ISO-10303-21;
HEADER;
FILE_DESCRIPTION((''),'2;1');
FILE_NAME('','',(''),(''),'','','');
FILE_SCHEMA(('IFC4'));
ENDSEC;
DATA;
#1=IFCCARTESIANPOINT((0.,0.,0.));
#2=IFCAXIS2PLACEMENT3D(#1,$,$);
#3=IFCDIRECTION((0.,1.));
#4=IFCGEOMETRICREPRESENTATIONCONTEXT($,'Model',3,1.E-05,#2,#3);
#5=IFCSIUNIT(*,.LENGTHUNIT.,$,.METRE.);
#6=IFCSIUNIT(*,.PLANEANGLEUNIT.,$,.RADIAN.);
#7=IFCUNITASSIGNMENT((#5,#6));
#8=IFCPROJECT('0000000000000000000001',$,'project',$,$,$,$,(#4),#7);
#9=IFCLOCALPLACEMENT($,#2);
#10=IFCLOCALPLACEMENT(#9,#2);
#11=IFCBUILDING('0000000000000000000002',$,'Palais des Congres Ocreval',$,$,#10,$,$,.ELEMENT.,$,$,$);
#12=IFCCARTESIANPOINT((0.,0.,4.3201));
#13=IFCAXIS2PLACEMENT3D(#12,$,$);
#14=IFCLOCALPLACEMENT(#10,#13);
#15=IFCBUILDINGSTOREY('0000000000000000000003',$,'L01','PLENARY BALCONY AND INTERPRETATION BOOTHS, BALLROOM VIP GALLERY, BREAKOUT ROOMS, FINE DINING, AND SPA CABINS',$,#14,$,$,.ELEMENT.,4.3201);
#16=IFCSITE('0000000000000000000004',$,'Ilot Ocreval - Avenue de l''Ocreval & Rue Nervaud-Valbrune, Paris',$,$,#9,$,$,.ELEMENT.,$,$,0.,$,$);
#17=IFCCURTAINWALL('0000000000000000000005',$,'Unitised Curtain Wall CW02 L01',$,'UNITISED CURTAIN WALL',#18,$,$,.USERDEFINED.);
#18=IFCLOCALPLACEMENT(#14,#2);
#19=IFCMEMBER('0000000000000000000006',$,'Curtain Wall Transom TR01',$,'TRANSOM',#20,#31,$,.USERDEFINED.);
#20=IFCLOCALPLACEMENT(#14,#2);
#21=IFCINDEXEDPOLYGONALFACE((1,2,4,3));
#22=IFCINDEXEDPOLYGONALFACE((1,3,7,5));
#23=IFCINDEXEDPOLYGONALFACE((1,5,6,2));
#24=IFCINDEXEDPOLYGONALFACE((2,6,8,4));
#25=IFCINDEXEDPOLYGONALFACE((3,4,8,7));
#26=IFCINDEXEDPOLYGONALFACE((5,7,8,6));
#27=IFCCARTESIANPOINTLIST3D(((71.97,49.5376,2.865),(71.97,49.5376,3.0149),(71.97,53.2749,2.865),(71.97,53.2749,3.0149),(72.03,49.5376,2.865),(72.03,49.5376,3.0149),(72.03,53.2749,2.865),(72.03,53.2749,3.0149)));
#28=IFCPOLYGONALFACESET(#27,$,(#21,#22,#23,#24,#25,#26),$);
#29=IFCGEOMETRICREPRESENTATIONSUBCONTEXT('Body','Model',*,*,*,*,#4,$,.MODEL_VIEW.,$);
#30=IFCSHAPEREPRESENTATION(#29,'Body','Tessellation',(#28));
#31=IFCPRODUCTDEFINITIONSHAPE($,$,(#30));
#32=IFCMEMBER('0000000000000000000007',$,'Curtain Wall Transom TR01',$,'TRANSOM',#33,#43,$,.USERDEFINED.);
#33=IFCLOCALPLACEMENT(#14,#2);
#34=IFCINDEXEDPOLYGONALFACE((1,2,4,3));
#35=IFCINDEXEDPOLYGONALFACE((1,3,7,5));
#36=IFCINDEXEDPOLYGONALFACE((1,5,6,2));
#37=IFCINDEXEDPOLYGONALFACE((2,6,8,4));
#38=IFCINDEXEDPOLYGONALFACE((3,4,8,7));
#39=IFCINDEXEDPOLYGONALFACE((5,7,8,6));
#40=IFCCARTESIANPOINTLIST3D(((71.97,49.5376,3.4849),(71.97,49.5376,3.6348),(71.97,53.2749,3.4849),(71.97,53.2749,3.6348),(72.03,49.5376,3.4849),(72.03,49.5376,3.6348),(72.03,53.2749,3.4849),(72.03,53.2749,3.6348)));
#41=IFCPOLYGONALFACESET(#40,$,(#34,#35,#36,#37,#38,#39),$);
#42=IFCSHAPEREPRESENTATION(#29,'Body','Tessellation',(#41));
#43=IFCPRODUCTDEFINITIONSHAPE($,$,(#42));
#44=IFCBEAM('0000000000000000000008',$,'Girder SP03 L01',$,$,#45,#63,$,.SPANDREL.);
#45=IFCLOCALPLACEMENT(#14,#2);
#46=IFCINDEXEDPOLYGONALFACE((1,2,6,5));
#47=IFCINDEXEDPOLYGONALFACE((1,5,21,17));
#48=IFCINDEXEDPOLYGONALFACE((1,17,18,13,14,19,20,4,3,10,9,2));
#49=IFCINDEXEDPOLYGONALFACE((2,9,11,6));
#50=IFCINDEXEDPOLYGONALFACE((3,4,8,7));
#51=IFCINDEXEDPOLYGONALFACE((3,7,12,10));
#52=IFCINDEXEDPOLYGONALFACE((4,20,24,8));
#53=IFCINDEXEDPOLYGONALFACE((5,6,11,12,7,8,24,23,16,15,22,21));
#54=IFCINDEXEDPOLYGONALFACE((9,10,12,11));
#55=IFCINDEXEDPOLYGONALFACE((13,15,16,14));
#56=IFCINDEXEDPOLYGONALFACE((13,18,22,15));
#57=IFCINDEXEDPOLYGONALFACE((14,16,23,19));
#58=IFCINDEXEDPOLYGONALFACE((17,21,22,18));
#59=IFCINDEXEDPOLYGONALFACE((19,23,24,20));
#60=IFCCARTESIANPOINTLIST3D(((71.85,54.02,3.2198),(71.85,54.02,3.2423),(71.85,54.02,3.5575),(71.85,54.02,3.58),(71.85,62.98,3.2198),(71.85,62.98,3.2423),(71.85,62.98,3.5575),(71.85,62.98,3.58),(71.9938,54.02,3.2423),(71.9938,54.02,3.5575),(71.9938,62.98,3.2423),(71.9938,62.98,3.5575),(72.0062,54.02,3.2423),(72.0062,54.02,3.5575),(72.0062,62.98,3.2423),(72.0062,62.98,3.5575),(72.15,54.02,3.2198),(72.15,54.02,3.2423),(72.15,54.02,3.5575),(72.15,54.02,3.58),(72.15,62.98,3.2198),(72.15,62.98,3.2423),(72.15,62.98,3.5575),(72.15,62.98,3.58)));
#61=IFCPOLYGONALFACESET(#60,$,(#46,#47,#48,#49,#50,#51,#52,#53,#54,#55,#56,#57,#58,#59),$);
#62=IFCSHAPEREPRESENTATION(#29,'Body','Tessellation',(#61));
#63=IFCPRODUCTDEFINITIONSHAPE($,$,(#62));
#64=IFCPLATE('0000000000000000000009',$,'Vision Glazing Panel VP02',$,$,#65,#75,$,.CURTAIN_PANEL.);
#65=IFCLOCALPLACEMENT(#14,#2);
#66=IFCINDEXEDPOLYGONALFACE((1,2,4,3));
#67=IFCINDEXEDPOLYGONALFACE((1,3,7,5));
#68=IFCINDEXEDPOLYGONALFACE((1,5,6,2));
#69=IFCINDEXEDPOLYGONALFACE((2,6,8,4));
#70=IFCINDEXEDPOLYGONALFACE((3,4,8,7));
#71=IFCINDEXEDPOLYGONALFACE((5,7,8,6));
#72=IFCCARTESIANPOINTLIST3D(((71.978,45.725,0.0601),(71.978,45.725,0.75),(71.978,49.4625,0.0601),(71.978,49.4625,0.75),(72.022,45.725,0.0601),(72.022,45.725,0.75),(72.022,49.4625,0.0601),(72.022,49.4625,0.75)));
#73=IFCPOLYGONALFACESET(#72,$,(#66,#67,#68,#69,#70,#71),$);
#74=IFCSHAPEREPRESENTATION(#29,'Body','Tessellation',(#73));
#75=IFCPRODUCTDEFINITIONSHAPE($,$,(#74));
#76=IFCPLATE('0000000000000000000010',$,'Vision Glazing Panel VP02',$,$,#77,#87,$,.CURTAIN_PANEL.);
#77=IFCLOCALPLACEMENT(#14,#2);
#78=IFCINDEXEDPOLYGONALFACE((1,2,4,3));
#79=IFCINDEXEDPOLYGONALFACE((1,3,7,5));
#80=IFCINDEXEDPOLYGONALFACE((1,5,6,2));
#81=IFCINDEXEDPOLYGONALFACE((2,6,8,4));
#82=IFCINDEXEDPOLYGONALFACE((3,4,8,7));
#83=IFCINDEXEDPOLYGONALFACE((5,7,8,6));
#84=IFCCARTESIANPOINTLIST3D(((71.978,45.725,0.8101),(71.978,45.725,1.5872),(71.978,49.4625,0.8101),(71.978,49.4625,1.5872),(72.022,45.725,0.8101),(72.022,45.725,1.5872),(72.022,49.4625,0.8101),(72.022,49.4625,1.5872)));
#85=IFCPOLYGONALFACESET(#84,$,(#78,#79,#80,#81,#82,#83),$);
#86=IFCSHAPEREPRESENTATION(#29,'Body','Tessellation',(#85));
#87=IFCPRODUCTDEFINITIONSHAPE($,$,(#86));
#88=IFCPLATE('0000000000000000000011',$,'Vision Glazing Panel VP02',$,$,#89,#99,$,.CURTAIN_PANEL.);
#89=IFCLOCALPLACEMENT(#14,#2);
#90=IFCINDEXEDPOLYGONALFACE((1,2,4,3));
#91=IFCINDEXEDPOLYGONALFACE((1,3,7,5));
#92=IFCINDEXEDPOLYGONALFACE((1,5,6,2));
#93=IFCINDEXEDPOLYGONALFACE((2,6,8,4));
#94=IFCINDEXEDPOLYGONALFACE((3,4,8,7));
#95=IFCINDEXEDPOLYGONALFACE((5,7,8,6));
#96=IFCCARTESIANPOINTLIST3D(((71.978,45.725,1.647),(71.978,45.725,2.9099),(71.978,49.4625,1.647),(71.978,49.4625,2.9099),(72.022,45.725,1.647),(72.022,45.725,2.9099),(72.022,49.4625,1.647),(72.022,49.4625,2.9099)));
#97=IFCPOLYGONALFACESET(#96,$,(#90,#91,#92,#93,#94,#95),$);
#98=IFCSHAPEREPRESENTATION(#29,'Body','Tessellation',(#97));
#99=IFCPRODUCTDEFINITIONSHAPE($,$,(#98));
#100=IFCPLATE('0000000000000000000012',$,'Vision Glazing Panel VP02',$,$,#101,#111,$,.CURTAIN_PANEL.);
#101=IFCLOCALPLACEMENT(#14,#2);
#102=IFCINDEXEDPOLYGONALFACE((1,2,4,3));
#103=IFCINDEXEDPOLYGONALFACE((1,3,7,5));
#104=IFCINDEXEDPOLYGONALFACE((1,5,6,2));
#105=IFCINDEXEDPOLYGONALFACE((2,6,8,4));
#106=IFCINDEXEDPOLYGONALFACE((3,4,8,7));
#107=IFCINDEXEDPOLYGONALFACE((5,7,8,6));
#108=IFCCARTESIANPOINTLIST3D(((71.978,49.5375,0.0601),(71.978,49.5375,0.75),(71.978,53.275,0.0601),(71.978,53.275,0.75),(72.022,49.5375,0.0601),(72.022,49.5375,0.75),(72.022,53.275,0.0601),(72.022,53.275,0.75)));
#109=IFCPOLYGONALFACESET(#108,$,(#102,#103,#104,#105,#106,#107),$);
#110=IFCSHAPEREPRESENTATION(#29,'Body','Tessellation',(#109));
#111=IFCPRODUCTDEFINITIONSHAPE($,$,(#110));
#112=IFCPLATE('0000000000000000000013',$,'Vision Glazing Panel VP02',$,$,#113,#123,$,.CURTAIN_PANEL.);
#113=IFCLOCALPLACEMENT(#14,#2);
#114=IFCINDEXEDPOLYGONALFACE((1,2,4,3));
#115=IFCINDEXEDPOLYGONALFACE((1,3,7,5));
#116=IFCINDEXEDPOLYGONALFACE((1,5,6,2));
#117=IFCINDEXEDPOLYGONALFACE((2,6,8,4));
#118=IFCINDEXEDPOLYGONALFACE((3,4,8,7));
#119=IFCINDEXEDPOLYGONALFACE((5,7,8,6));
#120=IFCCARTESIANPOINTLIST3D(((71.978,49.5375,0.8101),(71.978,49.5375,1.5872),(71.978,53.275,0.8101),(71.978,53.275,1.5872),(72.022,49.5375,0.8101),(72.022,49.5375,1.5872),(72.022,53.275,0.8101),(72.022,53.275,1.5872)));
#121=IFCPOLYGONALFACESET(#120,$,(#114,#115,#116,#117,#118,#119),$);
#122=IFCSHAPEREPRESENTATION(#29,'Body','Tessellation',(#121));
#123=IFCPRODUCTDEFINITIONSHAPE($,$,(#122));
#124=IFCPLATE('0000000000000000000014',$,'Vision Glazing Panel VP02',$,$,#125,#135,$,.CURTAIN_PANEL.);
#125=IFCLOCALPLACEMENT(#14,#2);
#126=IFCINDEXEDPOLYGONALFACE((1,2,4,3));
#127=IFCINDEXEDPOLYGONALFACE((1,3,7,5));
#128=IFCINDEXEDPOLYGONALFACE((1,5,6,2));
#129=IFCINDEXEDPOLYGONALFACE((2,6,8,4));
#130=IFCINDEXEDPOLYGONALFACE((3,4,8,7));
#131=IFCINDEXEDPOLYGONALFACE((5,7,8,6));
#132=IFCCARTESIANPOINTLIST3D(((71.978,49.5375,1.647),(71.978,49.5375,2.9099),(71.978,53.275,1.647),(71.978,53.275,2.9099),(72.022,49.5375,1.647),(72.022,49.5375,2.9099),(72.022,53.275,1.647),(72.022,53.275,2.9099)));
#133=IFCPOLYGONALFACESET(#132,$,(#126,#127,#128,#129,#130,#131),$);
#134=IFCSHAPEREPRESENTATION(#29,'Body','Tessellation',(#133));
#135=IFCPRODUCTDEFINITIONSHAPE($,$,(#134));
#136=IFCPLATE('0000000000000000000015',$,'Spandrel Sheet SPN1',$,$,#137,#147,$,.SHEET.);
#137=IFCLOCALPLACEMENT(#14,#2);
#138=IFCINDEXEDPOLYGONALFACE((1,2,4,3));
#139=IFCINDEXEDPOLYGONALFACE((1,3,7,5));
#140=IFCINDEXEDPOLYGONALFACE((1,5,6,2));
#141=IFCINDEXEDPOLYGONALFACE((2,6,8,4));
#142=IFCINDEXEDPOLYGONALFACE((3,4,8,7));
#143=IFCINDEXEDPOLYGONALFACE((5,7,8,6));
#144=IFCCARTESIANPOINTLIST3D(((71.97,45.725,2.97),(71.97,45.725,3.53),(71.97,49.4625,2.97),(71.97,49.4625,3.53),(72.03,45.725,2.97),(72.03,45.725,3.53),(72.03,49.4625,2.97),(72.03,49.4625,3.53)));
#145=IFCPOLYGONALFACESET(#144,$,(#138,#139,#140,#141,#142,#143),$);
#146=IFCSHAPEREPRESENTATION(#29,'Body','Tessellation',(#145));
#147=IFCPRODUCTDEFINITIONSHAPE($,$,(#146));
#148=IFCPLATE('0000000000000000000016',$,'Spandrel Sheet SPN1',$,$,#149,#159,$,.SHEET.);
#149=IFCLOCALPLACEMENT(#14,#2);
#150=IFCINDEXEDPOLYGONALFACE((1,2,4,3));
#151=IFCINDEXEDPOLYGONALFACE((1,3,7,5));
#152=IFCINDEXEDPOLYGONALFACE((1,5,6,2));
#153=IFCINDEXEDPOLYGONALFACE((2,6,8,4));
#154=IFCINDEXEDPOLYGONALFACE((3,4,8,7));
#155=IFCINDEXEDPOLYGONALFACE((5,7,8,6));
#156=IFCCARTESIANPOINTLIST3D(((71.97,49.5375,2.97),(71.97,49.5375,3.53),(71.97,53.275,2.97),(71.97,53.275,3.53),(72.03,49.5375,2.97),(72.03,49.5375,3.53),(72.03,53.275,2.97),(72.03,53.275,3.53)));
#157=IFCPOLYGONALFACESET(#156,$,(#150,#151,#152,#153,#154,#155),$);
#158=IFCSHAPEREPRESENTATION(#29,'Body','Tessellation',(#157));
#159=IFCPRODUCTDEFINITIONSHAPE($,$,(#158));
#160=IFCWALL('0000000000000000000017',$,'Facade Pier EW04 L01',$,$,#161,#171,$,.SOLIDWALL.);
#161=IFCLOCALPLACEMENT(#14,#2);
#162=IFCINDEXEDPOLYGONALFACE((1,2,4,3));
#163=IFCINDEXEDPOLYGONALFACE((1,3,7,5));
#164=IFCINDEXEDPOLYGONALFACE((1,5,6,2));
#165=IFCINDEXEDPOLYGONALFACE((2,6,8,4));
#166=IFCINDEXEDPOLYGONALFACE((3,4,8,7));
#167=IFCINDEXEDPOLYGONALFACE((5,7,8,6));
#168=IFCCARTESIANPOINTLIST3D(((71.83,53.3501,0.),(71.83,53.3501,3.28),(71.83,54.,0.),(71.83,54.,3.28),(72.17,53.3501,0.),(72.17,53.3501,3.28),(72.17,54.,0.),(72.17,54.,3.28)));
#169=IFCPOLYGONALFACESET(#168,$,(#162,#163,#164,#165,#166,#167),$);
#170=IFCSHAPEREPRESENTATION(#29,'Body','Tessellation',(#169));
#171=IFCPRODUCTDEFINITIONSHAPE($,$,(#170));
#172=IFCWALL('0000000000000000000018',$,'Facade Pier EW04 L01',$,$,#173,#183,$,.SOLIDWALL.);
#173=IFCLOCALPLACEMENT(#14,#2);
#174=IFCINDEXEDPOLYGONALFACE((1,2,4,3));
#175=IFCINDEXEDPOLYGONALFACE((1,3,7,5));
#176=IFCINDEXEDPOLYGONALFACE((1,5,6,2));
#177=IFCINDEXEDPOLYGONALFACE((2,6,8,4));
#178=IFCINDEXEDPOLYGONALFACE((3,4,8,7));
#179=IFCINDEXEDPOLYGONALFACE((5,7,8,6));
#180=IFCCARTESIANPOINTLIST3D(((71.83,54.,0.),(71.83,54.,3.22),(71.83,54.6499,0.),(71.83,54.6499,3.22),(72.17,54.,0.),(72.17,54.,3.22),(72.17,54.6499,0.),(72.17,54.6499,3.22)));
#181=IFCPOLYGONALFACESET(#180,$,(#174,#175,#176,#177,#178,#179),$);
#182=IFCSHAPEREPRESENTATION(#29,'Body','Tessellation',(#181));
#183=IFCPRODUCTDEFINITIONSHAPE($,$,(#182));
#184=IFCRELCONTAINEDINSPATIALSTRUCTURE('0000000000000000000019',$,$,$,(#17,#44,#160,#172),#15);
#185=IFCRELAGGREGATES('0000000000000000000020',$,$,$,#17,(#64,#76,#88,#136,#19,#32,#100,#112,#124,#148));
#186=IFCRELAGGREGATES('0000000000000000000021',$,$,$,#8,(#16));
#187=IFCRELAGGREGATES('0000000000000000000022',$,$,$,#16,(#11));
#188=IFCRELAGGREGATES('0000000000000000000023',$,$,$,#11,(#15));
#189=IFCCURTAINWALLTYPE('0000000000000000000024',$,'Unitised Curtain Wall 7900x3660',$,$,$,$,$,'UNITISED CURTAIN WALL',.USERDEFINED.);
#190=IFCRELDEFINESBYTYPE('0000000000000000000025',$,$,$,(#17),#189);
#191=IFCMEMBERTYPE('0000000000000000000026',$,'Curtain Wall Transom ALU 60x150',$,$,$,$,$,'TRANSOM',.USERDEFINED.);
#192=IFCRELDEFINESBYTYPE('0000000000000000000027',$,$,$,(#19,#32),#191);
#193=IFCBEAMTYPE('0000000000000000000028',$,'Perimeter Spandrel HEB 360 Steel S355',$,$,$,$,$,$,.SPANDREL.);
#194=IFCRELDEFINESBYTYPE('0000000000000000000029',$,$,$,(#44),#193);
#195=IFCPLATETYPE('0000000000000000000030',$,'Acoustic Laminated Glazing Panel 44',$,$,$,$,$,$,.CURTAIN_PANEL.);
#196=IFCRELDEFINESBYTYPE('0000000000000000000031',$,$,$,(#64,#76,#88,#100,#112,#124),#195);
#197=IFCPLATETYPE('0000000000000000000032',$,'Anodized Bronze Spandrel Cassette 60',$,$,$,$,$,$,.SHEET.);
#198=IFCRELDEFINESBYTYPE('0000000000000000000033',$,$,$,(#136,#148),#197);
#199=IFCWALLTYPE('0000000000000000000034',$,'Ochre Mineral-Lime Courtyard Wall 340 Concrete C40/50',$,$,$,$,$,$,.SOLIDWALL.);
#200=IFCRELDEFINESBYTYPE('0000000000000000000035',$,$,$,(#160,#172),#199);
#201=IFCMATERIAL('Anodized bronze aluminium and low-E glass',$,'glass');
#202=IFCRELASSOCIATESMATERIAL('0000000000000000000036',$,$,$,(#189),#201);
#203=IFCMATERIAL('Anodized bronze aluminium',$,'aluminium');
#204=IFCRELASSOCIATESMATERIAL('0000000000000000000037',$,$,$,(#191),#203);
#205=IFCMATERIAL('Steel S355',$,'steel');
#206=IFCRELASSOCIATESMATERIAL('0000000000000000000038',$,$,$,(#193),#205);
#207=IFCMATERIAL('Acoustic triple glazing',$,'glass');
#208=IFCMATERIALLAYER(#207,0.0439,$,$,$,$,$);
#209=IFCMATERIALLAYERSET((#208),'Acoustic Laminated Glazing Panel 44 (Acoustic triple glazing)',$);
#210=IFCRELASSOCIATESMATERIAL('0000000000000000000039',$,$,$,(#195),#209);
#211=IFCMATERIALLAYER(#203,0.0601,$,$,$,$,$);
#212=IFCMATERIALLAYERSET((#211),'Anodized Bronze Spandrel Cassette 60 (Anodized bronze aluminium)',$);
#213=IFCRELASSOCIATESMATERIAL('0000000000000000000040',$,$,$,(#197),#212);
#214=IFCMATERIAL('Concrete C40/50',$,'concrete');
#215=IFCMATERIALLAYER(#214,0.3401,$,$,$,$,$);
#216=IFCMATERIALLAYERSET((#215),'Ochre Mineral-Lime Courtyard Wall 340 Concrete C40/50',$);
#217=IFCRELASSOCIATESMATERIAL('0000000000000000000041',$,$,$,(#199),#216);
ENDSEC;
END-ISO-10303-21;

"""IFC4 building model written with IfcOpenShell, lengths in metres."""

from ifc_helpers import new_model, si_unit, direction, frame, frame_2d, origin, origin_2d, place, context, subcontext, project, spatial, rectangle, i_section, extrude, material, layer, layer_set, material_profile, profile_set, type_object, element, aggregate, save


model = new_model("IFC4")

# Units and contexts
model_context = context("Model", 3, precision=1e-05, world=origin(), true_north=direction((0.0, 1.0)))
body_context = subcontext(model_context, "Body", "Model", "MODEL_VIEW")
ifc_project = project(units=[si_unit("LENGTHUNIT", "METRE"), si_unit("PLANEANGLEUNIT", "RADIAN")], contexts=[model_context])

# Site, building, storey
site_placement = place(None, origin())
site = spatial("IfcSite", under=ifc_project, at=site_placement, Name="Ilot Ocreval - Avenue de l'Ocreval & Rue Nervaud-Valbrune, Paris", CompositionType="ELEMENT", RefElevation=0.0)
building_placement = place(site_placement, origin())
building = spatial("IfcBuilding", under=site, at=building_placement, Name="Palais des Congres Ocreval", CompositionType="ELEMENT")
storey_placement = place(building_placement, frame((0.0, 0.0, 4.3201)))
storey = spatial("IfcBuildingStorey", under=building, at=storey_placement, Name="L01", Description="PLENARY BALCONY AND INTERPRETATION BOOTHS, BALLROOM VIP GALLERY, BREAKOUT ROOMS, FINE DINING, AND SPA CABINS", CompositionType="ELEMENT", Elevation=4.3201)

# Shared definitions
ifc_material_1 = material(Name="Steel S355", Category="steel")

# Curtain wall, members
ifc_material_2 = material(Name="Anodized bronze aluminium and low-E glass", Category="glass")
curtain_wall_type = type_object("IfcCurtainWallType", Name="Unitised Curtain Wall 7900x3660", ElementType="UNITISED CURTAIN WALL", PredefinedType="USERDEFINED", material=ifc_material_2)
curtain_wall_placement = place(storey_placement, origin())
curtain_wall = element("IfcCurtainWall", 1, at=curtain_wall_placement, inside=storey, type_object=curtain_wall_type, Name="Unitised Curtain Wall CW02 L01", ObjectType="UNITISED CURTAIN WALL", PredefinedType="USERDEFINED")
ifc_material_3 = material(Name="Anodized bronze aluminium", Category="aluminium")
ifc_material_profile_1 = material_profile(ifc_material_3, rectangle(XDim=0.0601, YDim=0.1499, at=origin_2d()), Name="ALU 60x150")
ifc_profile_set_1 = profile_set([ifc_material_profile_1], Name="Anodized bronze aluminium")
member_type_1 = type_object("IfcMemberType", Name="Curtain Wall Transom ALU 60x150", ElementType="TRANSOM", PredefinedType="USERDEFINED", material=ifc_profile_set_1)
member_1_placement = place(storey_placement, frame((72.0, 49.5376, 2.9399), z_axis=(0.0, 1.0, 0.0), x_axis=(-1.0, 0.0, 0.0)))
member_1 = element("IfcMember", 2, at=member_1_placement, type_object=member_type_1, Name="Curtain Wall Transom TR01", ObjectType="TRANSOM", PredefinedType="USERDEFINED", context=body_context, shape_type="SweptSolid", body=[
    extrude(rectangle(XDim=0.0601, YDim=0.1499, at=origin_2d()), origin(), (0.0, 0.0, 1.0), 3.7373),
])
member_2_placement = place(storey_placement, frame((72.0, 49.5376, 3.5598), z_axis=(0.0, 1.0, 0.0), x_axis=(-1.0, 0.0, 0.0)))
member_2 = element("IfcMember", 3, at=member_2_placement, type_object=member_type_1, Name="Curtain Wall Transom TR01", ObjectType="TRANSOM", PredefinedType="USERDEFINED", context=body_context, shape_type="SweptSolid", body=[
    extrude(rectangle(XDim=0.0601, YDim=0.1499, at=origin_2d()), origin(), (0.0, 0.0, 1.0), 3.7373),
])

# Beam
ifc_material_profile_2 = material_profile(ifc_material_1, i_section(OverallWidth=0.3, OverallDepth=0.3601, WebThickness=0.0125, FlangeThickness=0.0225, at=origin_2d()), Name="HEB 360")
ifc_profile_set_2 = profile_set([ifc_material_profile_2], Name="Steel S355")
beam_type_1 = type_object("IfcBeamType", Name="Perimeter Spandrel HEB 360 Steel S355", PredefinedType="SPANDREL", material=ifc_profile_set_2)
beam_1_placement = place(storey_placement, frame((72.0, 54.02, 3.3999), z_axis=(0.0, 1.0, 0.0), x_axis=(-1.0, 0.0, 0.0)))
element("IfcBeam", 4, at=beam_1_placement, inside=storey, type_object=beam_type_1, Name="Girder SP03 L01", PredefinedType="SPANDREL", context=body_context, shape_type="SweptSolid", body=[
    extrude(i_section(OverallWidth=0.3, OverallDepth=0.3601, WebThickness=0.0125, FlangeThickness=0.0225, at=origin_2d()), origin(), (0.0, 0.0, 1.0), 8.96),
])

# Plates
ifc_material_4 = material(Name="Acoustic triple glazing", Category="glass")
ifc_layer_1 = layer(ifc_material_4, 0.0439)
ifc_layer_set_1 = layer_set([ifc_layer_1], Name="Acoustic Laminated Glazing Panel 44 (Acoustic triple glazing)")
plate_type_1 = type_object("IfcPlateType", Name="Acoustic Laminated Glazing Panel 44", PredefinedType="CURTAIN_PANEL", material=ifc_layer_set_1)
plate_1_placement = place(storey_placement, frame((72.0, 47.5938, 0.0601), z_axis=(0.0, 0.0, 1.0), x_axis=(0.0, 1.0, 0.0)))
plate_1 = element("IfcPlate", 5, at=plate_1_placement, type_object=plate_type_1, Name="Vision Glazing Panel VP02", PredefinedType="CURTAIN_PANEL", context=body_context, shape_type="SweptSolid", body=[
    extrude(rectangle(XDim=3.7375, YDim=0.0439, at=origin_2d()), origin(), (0.0, 0.0, 1.0), 0.6899),
])
plate_2_placement = place(storey_placement, frame((72.0, 47.5938, 0.8101), z_axis=(0.0, 0.0, 1.0), x_axis=(0.0, 1.0, 0.0)))
plate_2 = element("IfcPlate", 6, at=plate_2_placement, type_object=plate_type_1, Name="Vision Glazing Panel VP02", PredefinedType="CURTAIN_PANEL", context=body_context, shape_type="SweptSolid", body=[
    extrude(rectangle(XDim=3.7375, YDim=0.0439, at=origin_2d()), origin(), (0.0, 0.0, 1.0), 0.7771),
])
plate_3_placement = place(storey_placement, frame((72.0, 47.5938, 1.647), z_axis=(0.0, 0.0, 1.0), x_axis=(0.0, 1.0, 0.0)))
plate_3 = element("IfcPlate", 7, at=plate_3_placement, type_object=plate_type_1, Name="Vision Glazing Panel VP02", PredefinedType="CURTAIN_PANEL", context=body_context, shape_type="SweptSolid", body=[
    extrude(rectangle(XDim=3.7375, YDim=0.0439, at=origin_2d()), origin(), (0.0, 0.0, 1.0), 1.2629),
])
plate_4_placement = place(storey_placement, frame((72.0, 51.4062, 0.0601), z_axis=(0.0, 0.0, 1.0), x_axis=(0.0, 1.0, 0.0)))
plate_4 = element("IfcPlate", 8, at=plate_4_placement, type_object=plate_type_1, Name="Vision Glazing Panel VP02", PredefinedType="CURTAIN_PANEL", context=body_context, shape_type="SweptSolid", body=[
    extrude(rectangle(XDim=3.7375, YDim=0.0439, at=origin_2d()), origin(), (0.0, 0.0, 1.0), 0.6899),
])
plate_5_placement = place(storey_placement, frame((72.0, 51.4062, 0.8101), z_axis=(0.0, 0.0, 1.0), x_axis=(0.0, 1.0, 0.0)))
plate_5 = element("IfcPlate", 9, at=plate_5_placement, type_object=plate_type_1, Name="Vision Glazing Panel VP02", PredefinedType="CURTAIN_PANEL", context=body_context, shape_type="SweptSolid", body=[
    extrude(rectangle(XDim=3.7375, YDim=0.0439, at=origin_2d()), origin(), (0.0, 0.0, 1.0), 0.7771),
])
plate_6_placement = place(storey_placement, frame((72.0, 51.4062, 1.647), z_axis=(0.0, 0.0, 1.0), x_axis=(0.0, 1.0, 0.0)))
plate_6 = element("IfcPlate", 10, at=plate_6_placement, type_object=plate_type_1, Name="Vision Glazing Panel VP02", PredefinedType="CURTAIN_PANEL", context=body_context, shape_type="SweptSolid", body=[
    extrude(rectangle(XDim=3.7375, YDim=0.0439, at=origin_2d()), origin(), (0.0, 0.0, 1.0), 1.2629),
])
ifc_layer_2 = layer(ifc_material_3, 0.0601)
ifc_layer_set_2 = layer_set([ifc_layer_2], Name="Anodized Bronze Spandrel Cassette 60 (Anodized bronze aluminium)")
plate_type_2 = type_object("IfcPlateType", Name="Anodized Bronze Spandrel Cassette 60", PredefinedType="SHEET", material=ifc_layer_set_2)
plate_7_placement = place(storey_placement, frame((72.0, 47.5938, 2.97), z_axis=(0.0, 0.0, 1.0), x_axis=(0.0, 1.0, 0.0)))
plate_7 = element("IfcPlate", 11, at=plate_7_placement, type_object=plate_type_2, Name="Spandrel Sheet SPN1", PredefinedType="SHEET", context=body_context, shape_type="SweptSolid", body=[
    extrude(rectangle(XDim=3.7375, YDim=0.0601, at=origin_2d()), origin(), (0.0, 0.0, 1.0), 0.5601),
])
plate_8_placement = place(storey_placement, frame((72.0, 51.4062, 2.97), z_axis=(0.0, 0.0, 1.0), x_axis=(0.0, 1.0, 0.0)))
plate_8 = element("IfcPlate", 12, at=plate_8_placement, type_object=plate_type_2, Name="Spandrel Sheet SPN1", PredefinedType="SHEET", context=body_context, shape_type="SweptSolid", body=[
    extrude(rectangle(XDim=3.7375, YDim=0.0601, at=origin_2d()), origin(), (0.0, 0.0, 1.0), 0.5601),
])
aggregate(curtain_wall, [plate_1, plate_2, plate_3, plate_7, member_1, member_2, plate_4, plate_5, plate_6, plate_8])

# Walls
ifc_material_5 = material(Name="Concrete C40/50", Category="concrete")
ifc_layer_3 = layer(ifc_material_5, 0.3401)
ifc_layer_set_3 = layer_set([ifc_layer_3], Name="Ochre Mineral-Lime Courtyard Wall 340 Concrete C40/50")
wall_type = type_object("IfcWallType", Name="Ochre Mineral-Lime Courtyard Wall 340 Concrete C40/50", PredefinedType="SOLIDWALL", material=ifc_layer_set_3)
wall_1_placement = place(storey_placement, frame((72.0, 53.3501, 0.0), z_axis=(0.0, 0.0, 1.0), x_axis=(0.0, 1.0, 0.0)))
element("IfcWall", 13, at=wall_1_placement, inside=storey, type_object=wall_type, Name="Facade Pier EW04 L01", PredefinedType="SOLIDWALL", context=body_context, shape_type="SweptSolid", body=[
    extrude(rectangle(XDim=0.6499, YDim=0.3401, at=frame_2d((0.325, 0.0))), origin(), (0.0, 0.0, 1.0), 3.28),
])
wall_2_placement = place(storey_placement, frame((72.0, 54.0, 0.0), z_axis=(0.0, 0.0, 1.0), x_axis=(0.0, 1.0, 0.0)))
element("IfcWall", 14, at=wall_2_placement, inside=storey, type_object=wall_type, Name="Facade Pier EW04 L01", PredefinedType="SOLIDWALL", context=body_context, shape_type="SweptSolid", body=[
    extrude(rectangle(XDim=0.6499, YDim=0.3401, at=frame_2d((0.325, 0.0))), origin(), (0.0, 0.0, 1.0), 3.22),
])

save(model, "model.ifc")
